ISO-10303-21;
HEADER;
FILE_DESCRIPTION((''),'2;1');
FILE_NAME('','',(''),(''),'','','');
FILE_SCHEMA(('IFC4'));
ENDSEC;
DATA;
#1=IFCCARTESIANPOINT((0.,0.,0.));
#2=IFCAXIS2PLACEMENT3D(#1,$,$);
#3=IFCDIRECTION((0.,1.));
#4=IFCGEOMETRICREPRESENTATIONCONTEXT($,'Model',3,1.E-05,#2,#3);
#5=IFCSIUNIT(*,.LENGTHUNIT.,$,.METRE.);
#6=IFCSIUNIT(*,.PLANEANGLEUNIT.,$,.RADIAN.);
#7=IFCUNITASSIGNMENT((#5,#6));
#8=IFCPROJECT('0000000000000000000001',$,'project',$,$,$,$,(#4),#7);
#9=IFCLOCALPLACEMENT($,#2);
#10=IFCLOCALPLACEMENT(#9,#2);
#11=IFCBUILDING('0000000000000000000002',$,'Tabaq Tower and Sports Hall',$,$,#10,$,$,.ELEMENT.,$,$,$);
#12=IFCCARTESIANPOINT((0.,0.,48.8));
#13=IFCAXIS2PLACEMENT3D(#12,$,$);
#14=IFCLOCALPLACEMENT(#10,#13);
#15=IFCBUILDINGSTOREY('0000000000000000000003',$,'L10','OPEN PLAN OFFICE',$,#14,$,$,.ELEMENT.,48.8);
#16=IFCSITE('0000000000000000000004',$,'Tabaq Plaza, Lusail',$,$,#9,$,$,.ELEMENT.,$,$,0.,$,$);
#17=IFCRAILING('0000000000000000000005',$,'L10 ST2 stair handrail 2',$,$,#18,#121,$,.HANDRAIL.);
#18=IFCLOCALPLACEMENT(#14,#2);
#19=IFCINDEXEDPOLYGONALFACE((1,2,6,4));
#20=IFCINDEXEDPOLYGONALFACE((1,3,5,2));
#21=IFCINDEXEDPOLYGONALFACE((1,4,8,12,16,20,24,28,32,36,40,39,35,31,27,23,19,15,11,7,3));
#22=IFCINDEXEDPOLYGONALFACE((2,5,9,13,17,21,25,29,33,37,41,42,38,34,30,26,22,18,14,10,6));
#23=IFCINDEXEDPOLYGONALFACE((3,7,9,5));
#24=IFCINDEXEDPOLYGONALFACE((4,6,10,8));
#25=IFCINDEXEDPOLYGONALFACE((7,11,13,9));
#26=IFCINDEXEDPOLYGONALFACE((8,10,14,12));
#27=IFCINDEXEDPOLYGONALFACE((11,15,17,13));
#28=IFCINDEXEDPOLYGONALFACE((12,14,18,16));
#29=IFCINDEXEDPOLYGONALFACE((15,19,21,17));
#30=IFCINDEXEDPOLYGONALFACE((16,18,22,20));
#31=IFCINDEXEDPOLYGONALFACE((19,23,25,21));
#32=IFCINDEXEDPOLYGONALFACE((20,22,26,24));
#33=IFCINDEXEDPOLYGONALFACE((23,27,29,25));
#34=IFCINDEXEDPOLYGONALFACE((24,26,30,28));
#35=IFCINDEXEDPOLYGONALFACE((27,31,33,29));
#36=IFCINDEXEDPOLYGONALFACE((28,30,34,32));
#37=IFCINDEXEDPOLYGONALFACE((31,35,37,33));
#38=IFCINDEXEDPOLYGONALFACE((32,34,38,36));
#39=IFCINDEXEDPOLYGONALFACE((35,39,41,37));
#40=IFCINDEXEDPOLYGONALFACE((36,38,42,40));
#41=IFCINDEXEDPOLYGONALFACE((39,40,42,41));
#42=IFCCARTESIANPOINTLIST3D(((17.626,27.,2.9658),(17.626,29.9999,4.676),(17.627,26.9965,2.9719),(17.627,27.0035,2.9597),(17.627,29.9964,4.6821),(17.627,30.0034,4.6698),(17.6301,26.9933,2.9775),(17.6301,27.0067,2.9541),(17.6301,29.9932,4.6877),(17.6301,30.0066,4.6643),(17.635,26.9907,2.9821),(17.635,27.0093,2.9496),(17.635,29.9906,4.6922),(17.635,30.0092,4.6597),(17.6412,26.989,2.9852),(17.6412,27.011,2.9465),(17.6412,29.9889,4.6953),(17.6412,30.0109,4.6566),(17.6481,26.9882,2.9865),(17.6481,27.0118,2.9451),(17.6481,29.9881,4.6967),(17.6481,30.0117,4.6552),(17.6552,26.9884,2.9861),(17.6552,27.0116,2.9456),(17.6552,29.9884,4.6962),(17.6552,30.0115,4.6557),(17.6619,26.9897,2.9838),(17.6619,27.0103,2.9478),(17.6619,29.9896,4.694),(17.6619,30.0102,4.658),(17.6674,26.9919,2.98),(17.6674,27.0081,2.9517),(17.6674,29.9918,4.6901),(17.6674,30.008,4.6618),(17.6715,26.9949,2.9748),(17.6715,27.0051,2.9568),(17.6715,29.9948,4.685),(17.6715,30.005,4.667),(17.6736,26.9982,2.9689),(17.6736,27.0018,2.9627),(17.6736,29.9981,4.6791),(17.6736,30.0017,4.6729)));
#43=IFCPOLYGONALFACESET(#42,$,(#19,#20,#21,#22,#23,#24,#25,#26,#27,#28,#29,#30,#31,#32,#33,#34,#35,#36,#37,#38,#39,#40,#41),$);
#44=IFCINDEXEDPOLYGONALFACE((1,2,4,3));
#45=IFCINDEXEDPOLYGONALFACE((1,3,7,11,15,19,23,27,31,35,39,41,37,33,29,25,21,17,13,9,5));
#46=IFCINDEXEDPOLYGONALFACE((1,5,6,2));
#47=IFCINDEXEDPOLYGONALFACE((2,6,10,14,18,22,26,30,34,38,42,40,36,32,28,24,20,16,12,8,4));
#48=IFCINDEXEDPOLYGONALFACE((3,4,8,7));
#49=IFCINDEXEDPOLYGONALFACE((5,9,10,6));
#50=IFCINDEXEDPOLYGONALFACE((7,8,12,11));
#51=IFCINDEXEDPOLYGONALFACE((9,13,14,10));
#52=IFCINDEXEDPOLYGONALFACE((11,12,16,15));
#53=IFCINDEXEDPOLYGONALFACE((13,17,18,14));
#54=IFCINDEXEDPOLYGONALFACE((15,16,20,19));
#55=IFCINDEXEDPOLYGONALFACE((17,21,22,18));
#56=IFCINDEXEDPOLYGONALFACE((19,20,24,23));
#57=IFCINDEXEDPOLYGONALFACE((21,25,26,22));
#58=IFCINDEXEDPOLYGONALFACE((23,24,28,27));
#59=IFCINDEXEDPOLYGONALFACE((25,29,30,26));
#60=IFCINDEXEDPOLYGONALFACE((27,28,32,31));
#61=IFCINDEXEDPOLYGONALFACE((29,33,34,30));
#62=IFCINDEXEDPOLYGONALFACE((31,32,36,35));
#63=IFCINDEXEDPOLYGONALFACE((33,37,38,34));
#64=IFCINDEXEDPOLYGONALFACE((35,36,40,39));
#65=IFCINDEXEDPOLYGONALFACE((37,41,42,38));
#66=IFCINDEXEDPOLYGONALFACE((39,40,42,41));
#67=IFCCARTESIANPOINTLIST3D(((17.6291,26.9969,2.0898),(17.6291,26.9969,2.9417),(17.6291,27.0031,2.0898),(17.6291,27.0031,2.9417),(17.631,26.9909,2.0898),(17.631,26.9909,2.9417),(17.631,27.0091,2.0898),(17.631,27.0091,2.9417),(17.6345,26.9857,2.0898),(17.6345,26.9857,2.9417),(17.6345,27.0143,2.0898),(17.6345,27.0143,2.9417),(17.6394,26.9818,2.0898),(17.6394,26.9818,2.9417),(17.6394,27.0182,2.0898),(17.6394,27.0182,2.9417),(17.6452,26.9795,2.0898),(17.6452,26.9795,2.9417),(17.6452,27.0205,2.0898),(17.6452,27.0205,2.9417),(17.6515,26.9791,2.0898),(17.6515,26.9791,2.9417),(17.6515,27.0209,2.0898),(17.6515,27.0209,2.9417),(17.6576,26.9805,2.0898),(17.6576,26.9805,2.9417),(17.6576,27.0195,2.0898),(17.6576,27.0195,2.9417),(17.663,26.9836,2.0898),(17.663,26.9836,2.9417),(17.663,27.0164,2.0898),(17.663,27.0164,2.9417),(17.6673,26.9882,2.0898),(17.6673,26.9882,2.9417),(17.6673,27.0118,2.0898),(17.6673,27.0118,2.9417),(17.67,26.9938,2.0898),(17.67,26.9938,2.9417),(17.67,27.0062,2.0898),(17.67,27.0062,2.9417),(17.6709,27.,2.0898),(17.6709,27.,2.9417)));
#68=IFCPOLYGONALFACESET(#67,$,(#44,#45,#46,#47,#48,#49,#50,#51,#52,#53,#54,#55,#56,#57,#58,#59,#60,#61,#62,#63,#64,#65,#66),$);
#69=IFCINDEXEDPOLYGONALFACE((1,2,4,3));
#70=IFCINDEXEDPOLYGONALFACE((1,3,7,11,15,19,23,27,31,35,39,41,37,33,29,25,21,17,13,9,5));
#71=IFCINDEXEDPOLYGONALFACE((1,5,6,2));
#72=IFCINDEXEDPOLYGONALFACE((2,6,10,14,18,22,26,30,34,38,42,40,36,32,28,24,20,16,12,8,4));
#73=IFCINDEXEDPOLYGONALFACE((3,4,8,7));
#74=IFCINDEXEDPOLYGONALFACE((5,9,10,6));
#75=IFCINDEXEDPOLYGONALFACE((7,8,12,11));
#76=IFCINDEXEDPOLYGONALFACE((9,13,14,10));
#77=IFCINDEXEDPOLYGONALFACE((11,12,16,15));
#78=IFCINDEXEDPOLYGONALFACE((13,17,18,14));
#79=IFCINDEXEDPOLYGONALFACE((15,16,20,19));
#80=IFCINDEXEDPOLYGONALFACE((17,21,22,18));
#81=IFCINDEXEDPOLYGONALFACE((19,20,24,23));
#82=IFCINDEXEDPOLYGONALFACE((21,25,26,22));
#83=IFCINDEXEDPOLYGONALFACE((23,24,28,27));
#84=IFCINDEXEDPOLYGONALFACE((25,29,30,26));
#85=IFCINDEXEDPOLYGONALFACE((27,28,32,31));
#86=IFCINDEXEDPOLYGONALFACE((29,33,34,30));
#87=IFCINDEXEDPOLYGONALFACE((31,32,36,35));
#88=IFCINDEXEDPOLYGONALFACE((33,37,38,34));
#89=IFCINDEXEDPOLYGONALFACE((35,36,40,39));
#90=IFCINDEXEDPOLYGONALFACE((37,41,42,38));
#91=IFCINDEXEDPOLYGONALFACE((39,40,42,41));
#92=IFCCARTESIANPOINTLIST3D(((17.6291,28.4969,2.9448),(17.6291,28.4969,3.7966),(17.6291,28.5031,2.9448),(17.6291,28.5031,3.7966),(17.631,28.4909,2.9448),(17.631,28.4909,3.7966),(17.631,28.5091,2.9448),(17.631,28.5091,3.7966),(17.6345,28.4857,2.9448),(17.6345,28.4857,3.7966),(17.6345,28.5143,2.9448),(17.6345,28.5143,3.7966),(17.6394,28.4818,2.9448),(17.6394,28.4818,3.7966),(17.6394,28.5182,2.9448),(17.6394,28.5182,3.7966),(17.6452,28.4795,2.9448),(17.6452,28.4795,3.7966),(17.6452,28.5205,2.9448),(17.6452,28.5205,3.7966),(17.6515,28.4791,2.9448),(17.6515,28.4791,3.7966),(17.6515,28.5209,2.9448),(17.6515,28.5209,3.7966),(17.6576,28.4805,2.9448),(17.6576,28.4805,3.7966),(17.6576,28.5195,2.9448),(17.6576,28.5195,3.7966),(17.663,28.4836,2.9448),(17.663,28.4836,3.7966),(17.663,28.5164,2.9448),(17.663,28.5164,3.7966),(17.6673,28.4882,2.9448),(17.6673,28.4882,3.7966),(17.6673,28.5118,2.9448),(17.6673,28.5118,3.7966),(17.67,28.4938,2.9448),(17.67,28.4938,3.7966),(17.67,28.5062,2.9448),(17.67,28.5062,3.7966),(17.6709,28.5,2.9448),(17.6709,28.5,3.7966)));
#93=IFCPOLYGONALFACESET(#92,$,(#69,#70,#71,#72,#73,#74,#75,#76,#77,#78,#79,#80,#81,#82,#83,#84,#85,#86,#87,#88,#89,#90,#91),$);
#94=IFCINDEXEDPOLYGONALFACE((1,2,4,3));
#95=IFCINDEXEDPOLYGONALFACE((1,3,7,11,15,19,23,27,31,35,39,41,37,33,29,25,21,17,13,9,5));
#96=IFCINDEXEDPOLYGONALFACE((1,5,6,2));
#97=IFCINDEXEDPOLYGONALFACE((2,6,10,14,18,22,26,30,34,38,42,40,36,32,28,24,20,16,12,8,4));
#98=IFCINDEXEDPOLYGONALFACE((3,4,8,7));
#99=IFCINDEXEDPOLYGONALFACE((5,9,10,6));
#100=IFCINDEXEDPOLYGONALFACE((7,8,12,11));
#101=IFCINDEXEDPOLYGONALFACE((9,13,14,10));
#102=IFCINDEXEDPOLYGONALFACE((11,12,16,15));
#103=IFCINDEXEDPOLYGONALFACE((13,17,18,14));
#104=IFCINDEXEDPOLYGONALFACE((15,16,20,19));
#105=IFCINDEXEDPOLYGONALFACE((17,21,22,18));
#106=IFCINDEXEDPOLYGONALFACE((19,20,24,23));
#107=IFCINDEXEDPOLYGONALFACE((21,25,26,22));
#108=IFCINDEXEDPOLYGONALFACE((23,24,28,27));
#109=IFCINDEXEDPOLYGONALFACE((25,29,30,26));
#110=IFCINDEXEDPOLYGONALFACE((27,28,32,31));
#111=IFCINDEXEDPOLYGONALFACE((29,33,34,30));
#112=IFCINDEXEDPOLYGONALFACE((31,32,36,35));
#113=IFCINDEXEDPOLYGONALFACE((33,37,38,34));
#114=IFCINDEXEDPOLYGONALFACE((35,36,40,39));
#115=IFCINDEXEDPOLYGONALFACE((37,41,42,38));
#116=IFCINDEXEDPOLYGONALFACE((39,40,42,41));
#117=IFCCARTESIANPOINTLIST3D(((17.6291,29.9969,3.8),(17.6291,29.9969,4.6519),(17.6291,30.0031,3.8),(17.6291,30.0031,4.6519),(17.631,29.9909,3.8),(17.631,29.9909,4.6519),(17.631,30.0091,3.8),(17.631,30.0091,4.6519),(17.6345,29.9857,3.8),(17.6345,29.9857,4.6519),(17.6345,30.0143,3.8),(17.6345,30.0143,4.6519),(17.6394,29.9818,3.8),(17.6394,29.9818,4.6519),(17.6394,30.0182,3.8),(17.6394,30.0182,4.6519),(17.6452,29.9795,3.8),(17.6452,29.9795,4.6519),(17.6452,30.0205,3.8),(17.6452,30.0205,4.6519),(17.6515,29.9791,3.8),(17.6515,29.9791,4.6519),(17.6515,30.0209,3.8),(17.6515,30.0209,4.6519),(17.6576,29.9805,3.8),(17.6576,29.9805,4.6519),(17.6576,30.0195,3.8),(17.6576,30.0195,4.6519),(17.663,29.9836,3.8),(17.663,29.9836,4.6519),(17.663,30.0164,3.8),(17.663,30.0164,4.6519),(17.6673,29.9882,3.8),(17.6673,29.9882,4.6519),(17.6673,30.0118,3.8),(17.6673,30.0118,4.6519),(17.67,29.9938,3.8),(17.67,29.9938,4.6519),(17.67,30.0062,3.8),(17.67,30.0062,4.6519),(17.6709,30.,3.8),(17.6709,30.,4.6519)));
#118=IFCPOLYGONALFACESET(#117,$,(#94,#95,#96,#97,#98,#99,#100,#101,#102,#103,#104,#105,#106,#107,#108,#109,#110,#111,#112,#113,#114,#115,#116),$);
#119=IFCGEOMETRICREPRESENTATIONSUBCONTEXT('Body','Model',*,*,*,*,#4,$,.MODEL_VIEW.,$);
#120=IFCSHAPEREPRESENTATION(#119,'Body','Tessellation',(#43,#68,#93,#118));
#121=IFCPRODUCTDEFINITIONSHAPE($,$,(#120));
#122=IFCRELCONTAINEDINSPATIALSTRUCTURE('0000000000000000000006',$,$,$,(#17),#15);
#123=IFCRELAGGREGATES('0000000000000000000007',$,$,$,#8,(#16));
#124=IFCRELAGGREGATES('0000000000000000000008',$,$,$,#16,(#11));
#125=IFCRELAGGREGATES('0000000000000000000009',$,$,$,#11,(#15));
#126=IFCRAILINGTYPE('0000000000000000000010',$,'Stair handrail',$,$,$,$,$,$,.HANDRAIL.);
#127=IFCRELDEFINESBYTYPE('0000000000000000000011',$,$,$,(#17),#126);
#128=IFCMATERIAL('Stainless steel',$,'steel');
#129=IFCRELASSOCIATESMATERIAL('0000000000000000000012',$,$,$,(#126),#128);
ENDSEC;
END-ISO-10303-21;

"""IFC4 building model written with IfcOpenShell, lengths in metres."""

from ifc_helpers import new_model, si_unit, direction, frame, origin, origin_2d, place, context, subcontext, project, spatial, circle, extrude, material, type_object, element, save


model = new_model("IFC4")

# Units and contexts
model_context = context("Model", 3, precision=1e-05, world=origin(), true_north=direction((0.0, 1.0)))
body_context = subcontext(model_context, "Body", "Model", "MODEL_VIEW")
ifc_project = project(units=[si_unit("LENGTHUNIT", "METRE"), si_unit("PLANEANGLEUNIT", "RADIAN")], contexts=[model_context])

# Site, building, storey
site_placement = place(None, origin())
site = spatial("IfcSite", under=ifc_project, at=site_placement, Name="Tabaq Plaza, Lusail", CompositionType="ELEMENT", RefElevation=0.0)
building_placement = place(site_placement, origin())
building = spatial("IfcBuilding", under=site, at=building_placement, Name="Tabaq Tower and Sports Hall", CompositionType="ELEMENT")
storey_placement = place(building_placement, frame((0.0, 0.0, 48.8)))
storey = spatial("IfcBuildingStorey", under=building, at=storey_placement, Name="L10", Description="OPEN PLAN OFFICE", CompositionType="ELEMENT", Elevation=48.8)

# Railing
ifc_material_1 = material(Name="Stainless steel", Category="steel")
railing_type = type_object("IfcRailingType", Name="Stair handrail", PredefinedType="HANDRAIL", material=ifc_material_1)
railing_placement = place(storey_placement, frame((17.6499, 27.0, 2.0898)))
element("IfcRailing", 1, at=railing_placement, inside=storey, type_object=railing_type, Name="L10 ST2 stair handrail 2", PredefinedType="HANDRAIL", context=body_context, shape_type="SweptSolid", body=[
    extrude(circle(Radius=0.0239, at=origin_2d()), frame((0.0, 0.0, 0.876), z_axis=(0.0, 0.868752, 0.495248), x_axis=(-1.0, 0.0, 0.0)), (0.0, 0.0, 1.0), 3.4531),
    extrude(circle(Radius=0.021, at=origin_2d()), origin(), (0.0, 0.0, 1.0), 0.8518),
    extrude(circle(Radius=0.021, at=origin_2d()), frame((0.0, 1.5, 0.855)), (0.0, 0.0, 1.0), 0.8518),
    extrude(circle(Radius=0.021, at=origin_2d()), frame((0.0, 3.0, 1.7102)), (0.0, 0.0, 1.0), 0.8518),
])

save(model, "model.ifc")
